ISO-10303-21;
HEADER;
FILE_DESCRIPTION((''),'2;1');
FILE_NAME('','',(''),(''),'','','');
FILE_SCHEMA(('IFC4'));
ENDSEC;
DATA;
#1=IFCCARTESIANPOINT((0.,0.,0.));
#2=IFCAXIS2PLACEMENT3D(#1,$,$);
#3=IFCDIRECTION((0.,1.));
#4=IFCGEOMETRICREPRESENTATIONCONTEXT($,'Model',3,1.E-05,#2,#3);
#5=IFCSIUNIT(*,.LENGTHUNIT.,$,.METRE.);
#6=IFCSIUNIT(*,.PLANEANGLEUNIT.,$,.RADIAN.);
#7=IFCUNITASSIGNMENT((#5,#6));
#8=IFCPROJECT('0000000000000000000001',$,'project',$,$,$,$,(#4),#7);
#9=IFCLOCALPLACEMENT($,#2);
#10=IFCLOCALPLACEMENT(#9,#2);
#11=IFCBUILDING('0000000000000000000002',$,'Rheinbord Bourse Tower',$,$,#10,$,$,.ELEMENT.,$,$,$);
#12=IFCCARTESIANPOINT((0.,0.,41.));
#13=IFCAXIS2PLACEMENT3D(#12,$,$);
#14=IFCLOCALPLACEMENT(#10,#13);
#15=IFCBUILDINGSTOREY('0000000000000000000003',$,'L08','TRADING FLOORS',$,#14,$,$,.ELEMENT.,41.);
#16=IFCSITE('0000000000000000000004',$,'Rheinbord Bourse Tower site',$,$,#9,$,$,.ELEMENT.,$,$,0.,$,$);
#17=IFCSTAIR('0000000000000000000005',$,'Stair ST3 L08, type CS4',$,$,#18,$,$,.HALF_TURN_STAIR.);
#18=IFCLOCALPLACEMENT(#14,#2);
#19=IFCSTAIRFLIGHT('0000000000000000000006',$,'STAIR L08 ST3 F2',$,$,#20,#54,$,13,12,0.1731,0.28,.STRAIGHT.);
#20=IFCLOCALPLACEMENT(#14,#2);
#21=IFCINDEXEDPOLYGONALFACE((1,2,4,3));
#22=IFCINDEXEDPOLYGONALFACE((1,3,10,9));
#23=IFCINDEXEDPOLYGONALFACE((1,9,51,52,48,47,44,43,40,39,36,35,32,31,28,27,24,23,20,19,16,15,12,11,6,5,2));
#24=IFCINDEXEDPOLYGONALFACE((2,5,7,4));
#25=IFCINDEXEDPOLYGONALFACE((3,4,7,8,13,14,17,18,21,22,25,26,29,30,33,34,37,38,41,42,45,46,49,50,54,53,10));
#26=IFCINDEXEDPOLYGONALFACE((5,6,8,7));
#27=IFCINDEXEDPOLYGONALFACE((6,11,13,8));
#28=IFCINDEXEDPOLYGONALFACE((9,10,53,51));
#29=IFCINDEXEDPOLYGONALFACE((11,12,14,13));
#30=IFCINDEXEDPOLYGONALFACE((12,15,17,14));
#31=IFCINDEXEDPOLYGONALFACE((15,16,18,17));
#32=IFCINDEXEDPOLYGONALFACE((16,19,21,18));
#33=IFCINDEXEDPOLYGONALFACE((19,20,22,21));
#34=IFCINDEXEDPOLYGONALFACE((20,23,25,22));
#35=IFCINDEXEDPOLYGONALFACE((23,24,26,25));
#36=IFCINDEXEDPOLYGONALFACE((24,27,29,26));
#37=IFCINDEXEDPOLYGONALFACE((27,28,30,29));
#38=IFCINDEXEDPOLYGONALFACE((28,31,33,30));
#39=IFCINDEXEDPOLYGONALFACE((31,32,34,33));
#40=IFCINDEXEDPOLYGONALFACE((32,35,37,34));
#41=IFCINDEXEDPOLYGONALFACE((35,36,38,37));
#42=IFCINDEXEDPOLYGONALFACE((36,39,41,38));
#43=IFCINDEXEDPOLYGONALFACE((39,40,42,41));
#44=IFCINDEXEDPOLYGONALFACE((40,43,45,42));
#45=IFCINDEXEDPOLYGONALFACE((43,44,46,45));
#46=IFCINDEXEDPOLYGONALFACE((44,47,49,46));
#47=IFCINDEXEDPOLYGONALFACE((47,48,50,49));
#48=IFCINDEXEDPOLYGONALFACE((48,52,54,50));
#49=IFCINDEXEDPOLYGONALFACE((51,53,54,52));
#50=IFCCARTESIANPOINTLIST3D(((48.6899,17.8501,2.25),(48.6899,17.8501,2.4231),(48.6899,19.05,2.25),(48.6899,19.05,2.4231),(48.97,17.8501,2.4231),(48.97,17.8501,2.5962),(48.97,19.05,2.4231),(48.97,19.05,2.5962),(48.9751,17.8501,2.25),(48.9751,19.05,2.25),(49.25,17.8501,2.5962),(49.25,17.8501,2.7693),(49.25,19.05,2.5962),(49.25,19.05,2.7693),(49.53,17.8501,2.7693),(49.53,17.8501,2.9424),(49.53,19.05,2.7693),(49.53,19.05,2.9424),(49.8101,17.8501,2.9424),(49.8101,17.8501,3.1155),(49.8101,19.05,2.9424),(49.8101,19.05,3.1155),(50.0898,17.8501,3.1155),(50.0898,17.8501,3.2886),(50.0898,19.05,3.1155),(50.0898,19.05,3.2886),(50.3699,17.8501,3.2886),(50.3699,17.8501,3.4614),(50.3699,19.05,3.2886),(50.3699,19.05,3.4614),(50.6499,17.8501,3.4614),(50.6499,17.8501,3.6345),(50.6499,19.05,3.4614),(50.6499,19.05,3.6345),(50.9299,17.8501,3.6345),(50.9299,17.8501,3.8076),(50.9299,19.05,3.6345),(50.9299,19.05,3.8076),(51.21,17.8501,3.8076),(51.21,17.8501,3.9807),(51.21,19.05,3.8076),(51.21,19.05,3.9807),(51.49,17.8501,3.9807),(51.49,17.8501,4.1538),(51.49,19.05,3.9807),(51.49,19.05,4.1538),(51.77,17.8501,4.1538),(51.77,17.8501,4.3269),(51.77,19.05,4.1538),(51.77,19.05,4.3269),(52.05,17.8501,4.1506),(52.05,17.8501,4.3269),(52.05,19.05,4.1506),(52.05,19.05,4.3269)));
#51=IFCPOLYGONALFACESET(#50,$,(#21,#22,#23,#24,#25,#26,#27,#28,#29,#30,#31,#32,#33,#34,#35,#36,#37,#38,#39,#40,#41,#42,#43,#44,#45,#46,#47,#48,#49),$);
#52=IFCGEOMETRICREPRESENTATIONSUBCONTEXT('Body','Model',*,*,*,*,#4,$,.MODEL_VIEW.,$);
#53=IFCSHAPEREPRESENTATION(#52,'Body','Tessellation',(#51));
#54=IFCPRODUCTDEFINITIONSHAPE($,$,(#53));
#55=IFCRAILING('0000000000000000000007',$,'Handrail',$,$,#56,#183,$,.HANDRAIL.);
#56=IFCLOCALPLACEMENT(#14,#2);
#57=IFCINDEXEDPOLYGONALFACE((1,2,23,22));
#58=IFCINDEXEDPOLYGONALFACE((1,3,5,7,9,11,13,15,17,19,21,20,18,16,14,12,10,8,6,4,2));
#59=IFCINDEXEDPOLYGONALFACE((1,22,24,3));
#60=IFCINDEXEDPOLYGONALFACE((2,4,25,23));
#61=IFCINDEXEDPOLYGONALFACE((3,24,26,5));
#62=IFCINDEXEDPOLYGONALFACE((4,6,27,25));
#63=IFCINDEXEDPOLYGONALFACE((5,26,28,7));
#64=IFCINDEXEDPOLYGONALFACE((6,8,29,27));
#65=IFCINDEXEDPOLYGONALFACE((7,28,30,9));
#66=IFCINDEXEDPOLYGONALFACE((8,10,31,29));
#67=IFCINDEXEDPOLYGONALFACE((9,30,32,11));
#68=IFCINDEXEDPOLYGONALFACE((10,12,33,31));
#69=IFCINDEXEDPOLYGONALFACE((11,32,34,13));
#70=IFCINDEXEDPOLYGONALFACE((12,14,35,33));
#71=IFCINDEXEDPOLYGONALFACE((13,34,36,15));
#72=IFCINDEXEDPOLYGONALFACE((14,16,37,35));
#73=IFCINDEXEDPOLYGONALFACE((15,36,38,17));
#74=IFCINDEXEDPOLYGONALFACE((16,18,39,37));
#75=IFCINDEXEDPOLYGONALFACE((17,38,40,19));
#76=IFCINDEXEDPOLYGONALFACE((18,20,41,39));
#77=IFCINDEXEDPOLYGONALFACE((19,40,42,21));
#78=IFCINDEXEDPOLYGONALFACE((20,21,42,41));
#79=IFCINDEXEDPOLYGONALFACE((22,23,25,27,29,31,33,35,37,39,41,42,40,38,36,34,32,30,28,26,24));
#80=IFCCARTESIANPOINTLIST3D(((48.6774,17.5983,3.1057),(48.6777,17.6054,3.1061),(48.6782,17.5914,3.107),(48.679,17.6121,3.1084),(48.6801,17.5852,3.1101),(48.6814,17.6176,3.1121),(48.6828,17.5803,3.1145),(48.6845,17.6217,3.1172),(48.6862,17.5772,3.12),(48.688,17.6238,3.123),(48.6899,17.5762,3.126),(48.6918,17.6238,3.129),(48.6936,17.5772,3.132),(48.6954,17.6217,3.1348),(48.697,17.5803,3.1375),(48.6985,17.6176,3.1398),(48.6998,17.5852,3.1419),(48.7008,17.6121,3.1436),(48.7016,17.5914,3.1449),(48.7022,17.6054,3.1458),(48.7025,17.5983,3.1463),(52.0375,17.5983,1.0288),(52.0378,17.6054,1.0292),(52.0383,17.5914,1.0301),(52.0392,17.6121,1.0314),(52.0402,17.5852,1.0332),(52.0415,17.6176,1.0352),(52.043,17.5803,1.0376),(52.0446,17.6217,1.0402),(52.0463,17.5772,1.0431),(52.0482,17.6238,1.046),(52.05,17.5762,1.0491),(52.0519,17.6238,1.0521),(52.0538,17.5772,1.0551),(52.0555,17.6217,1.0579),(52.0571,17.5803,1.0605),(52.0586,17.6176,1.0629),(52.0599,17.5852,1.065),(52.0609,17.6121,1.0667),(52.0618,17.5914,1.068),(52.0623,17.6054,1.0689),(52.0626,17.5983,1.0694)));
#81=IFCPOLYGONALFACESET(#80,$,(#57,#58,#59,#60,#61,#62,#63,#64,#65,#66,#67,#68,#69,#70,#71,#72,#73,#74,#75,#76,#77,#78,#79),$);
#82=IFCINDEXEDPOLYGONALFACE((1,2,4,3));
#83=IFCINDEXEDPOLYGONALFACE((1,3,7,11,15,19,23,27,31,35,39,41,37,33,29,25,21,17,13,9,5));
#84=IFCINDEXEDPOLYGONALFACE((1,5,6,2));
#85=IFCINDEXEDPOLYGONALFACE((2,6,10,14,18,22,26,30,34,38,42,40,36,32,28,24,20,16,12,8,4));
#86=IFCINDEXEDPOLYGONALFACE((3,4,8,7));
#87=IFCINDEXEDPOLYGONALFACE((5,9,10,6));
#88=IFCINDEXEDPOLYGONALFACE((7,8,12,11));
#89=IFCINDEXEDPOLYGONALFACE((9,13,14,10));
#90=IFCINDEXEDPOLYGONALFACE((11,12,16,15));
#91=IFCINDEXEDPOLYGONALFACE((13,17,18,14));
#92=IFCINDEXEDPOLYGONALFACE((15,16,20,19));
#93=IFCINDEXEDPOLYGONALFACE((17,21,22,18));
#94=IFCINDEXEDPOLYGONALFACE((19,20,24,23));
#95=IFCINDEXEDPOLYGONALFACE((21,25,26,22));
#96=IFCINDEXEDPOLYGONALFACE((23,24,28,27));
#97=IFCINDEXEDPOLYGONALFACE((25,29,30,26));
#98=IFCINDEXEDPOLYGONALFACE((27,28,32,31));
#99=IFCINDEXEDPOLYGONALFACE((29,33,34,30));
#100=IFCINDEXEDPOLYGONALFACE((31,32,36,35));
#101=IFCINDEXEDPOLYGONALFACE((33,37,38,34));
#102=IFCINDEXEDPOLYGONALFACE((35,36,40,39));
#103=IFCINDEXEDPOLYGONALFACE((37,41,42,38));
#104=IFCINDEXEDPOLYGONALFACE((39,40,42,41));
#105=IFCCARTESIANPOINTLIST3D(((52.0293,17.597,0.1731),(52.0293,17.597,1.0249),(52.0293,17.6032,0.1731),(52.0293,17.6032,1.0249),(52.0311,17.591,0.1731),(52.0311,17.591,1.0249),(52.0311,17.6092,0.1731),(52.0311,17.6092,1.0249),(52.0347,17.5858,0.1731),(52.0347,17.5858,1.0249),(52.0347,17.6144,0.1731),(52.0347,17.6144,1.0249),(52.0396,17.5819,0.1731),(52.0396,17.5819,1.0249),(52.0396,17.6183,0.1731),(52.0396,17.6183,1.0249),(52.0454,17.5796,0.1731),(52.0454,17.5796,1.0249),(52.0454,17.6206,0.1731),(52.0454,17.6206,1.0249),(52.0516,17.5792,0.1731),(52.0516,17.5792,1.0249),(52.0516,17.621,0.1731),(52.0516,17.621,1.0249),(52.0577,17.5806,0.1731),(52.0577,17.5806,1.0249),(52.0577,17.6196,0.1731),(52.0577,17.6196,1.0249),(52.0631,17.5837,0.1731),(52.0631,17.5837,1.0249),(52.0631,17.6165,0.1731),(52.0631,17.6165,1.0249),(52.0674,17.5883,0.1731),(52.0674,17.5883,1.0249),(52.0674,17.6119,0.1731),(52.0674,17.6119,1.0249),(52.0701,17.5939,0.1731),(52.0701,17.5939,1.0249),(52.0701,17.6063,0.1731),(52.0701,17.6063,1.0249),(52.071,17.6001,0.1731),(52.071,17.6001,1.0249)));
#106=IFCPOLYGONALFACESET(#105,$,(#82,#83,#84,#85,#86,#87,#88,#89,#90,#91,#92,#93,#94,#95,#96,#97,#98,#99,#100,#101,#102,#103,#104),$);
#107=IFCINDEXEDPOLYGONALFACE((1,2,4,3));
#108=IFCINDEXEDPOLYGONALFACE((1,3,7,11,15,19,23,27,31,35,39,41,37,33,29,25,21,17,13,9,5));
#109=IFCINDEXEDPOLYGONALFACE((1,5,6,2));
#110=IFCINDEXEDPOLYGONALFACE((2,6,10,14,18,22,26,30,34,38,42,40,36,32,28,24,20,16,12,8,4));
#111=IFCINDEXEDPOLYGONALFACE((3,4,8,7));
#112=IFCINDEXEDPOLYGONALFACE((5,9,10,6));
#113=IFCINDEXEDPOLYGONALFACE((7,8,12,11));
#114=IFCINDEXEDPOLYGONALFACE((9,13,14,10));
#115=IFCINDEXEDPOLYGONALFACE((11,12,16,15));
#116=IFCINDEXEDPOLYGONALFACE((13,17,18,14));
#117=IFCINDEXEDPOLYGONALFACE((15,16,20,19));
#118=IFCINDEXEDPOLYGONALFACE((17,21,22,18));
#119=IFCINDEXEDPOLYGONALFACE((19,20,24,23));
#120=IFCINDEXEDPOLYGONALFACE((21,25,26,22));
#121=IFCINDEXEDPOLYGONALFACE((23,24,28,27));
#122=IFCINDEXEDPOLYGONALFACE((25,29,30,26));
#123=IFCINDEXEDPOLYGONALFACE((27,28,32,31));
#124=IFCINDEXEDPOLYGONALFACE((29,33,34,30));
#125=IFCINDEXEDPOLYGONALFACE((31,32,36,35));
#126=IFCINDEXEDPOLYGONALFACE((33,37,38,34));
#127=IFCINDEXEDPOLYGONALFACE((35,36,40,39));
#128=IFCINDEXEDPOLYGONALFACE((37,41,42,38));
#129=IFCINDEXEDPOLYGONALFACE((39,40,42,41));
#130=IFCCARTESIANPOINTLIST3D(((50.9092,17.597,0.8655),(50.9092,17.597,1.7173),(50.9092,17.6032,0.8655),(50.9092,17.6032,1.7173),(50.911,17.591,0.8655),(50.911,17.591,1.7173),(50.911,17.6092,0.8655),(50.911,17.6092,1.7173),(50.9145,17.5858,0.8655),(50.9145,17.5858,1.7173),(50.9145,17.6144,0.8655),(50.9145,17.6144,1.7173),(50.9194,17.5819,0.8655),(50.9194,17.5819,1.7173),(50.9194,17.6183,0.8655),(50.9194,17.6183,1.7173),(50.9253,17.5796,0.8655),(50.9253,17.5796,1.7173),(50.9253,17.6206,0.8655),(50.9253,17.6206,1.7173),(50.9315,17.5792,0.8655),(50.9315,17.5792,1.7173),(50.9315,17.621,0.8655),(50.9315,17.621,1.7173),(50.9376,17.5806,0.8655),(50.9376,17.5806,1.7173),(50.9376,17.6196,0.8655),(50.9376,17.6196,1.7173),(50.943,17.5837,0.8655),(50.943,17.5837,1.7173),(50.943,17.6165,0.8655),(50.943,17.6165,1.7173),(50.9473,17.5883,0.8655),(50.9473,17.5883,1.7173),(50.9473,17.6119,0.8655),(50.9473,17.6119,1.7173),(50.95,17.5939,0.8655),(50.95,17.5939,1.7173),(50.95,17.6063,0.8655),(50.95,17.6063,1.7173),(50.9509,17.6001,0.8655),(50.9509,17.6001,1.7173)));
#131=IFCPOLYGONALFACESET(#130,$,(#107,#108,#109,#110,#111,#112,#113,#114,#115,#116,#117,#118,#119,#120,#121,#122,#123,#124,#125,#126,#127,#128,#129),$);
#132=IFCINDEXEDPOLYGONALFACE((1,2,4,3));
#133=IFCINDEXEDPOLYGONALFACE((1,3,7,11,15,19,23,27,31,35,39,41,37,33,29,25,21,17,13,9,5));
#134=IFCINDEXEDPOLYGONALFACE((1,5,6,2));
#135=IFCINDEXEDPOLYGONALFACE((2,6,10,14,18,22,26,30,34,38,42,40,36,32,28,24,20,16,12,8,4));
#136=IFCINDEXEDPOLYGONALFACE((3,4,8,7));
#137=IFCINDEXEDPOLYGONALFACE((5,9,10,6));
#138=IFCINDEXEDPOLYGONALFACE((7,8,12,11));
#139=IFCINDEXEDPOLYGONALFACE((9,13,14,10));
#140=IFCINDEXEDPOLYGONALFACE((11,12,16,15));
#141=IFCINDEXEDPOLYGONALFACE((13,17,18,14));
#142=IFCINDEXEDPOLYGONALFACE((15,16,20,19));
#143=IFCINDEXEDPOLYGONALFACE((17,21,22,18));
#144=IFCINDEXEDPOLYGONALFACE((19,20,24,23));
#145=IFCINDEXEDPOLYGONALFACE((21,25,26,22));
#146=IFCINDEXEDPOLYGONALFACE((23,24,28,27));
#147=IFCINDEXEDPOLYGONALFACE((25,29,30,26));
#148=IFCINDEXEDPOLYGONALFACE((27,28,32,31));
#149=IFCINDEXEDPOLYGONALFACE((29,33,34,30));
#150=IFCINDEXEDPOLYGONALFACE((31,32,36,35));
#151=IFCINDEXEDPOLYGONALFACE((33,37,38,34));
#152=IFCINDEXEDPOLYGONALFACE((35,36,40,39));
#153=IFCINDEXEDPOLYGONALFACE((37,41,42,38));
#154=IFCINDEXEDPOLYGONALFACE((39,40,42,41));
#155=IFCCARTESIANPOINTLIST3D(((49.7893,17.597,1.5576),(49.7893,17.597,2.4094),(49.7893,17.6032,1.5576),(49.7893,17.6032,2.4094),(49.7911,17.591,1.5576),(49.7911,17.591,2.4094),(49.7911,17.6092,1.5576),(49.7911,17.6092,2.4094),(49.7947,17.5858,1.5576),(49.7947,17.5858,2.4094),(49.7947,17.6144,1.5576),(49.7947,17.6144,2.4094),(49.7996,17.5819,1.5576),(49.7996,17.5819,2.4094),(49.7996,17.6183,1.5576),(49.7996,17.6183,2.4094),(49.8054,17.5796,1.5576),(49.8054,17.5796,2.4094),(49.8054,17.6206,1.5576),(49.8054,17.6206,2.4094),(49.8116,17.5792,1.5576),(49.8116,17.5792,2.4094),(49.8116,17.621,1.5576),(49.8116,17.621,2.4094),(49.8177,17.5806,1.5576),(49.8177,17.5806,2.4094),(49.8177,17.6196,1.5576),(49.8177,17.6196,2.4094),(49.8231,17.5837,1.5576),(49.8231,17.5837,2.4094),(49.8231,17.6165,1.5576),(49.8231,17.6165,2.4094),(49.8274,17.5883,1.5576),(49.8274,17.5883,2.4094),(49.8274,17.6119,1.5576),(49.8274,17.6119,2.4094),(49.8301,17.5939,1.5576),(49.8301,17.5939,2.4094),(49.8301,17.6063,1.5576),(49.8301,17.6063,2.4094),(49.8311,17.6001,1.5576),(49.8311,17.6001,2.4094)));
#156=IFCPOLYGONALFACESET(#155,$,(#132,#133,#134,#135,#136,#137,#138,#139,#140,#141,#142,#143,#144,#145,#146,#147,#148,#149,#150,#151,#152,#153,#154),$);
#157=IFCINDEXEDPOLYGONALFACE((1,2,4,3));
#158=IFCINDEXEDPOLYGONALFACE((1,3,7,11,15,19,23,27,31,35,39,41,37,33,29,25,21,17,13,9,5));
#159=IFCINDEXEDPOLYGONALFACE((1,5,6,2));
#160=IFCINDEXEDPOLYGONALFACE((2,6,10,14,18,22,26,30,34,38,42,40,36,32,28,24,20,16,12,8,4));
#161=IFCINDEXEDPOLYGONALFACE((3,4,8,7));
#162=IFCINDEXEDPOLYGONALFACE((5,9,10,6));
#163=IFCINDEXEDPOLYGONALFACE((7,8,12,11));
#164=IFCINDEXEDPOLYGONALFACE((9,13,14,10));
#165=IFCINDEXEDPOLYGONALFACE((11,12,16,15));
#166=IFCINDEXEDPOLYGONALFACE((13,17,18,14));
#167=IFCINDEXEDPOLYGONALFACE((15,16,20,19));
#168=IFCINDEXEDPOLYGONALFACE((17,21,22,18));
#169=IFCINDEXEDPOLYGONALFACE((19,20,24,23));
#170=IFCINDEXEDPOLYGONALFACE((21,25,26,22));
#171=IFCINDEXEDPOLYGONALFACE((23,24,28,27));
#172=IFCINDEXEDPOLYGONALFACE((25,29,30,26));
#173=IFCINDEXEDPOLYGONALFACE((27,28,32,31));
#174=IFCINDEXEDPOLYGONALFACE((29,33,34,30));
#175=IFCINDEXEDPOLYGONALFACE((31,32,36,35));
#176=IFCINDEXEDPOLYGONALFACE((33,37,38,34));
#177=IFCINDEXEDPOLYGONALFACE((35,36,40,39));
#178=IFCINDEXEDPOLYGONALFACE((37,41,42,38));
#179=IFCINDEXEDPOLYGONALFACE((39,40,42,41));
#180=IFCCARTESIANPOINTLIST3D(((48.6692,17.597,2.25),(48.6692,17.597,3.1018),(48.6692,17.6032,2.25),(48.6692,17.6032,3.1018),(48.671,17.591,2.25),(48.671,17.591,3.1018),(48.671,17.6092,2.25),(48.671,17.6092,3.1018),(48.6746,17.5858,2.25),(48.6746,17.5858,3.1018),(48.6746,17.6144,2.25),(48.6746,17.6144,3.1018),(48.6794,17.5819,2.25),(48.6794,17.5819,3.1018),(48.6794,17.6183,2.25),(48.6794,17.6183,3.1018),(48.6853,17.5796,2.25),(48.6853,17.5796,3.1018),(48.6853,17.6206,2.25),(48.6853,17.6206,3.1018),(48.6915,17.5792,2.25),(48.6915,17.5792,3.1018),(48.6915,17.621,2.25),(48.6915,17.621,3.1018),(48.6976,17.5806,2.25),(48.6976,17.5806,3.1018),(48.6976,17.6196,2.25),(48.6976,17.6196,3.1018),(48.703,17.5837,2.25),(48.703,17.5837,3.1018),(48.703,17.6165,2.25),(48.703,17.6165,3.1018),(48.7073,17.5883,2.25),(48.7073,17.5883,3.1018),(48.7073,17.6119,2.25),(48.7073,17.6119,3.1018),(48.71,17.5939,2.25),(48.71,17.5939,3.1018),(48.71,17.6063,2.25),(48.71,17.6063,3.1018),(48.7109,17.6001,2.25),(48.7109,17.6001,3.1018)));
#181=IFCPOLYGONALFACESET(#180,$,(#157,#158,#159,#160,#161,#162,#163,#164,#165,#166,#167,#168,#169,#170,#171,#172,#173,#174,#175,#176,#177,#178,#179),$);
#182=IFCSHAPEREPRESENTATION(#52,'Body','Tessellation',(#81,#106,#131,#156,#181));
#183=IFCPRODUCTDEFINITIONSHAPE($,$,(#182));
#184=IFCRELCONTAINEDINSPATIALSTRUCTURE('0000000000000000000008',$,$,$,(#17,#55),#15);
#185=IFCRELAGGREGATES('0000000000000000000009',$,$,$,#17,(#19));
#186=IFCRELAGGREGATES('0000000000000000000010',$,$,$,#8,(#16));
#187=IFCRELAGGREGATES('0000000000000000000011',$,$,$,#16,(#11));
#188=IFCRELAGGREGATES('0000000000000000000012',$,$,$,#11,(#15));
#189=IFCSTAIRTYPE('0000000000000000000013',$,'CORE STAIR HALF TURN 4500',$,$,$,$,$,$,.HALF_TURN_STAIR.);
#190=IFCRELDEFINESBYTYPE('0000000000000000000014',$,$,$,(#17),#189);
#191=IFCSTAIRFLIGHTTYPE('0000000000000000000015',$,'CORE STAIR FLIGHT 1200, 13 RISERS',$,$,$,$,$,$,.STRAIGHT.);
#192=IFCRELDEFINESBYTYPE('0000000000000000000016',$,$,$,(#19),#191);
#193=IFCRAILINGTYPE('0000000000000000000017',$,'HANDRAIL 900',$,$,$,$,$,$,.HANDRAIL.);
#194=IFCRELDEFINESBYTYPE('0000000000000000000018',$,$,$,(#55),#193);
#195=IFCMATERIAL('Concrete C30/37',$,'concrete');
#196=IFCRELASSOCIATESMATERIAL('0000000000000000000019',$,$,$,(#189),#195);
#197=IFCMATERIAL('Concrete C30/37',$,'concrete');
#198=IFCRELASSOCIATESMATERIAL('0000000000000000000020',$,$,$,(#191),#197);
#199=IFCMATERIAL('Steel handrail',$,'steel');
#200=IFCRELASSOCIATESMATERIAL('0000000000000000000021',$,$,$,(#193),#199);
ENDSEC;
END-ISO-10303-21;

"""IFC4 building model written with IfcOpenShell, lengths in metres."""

from ifc_helpers import new_model, si_unit, direction, frame, origin, origin_2d, place, context, subcontext, project, spatial, polyline, circle, outline, extrude, material, type_object, element, aggregate, save


model = new_model("IFC4")

# Units and contexts
model_context = context("Model", 3, precision=1e-05, world=origin(), true_north=direction((0.0, 1.0)))
body_context = subcontext(model_context, "Body", "Model", "MODEL_VIEW")
ifc_project = project(units=[si_unit("LENGTHUNIT", "METRE"), si_unit("PLANEANGLEUNIT", "RADIAN")], contexts=[model_context])

# Site, building, storey
site_placement = place(None, origin())
site = spatial("IfcSite", under=ifc_project, at=site_placement, Name="Rheinbord Bourse Tower site", CompositionType="ELEMENT", RefElevation=0.0)
building_placement = place(site_placement, origin())
building = spatial("IfcBuilding", under=site, at=building_placement, Name="Rheinbord Bourse Tower", CompositionType="ELEMENT")
storey_placement = place(building_placement, frame((0.0, 0.0, 41.0)))
storey = spatial("IfcBuildingStorey", under=building, at=storey_placement, Name="L08", Description="TRADING FLOORS", CompositionType="ELEMENT", Elevation=41.0)

# Stair, stair flight
ifc_material_1 = material(Name="Concrete C30/37", Category="concrete")
stair_type = type_object("IfcStairType", Name="CORE STAIR HALF TURN 4500", PredefinedType="HALF_TURN_STAIR", material=ifc_material_1)
stair_placement = place(storey_placement, origin())
stair = element("IfcStair", 1, at=stair_placement, inside=storey, type_object=stair_type, Name="Stair ST3 L08, type CS4", PredefinedType="HALF_TURN_STAIR")
ifc_material_2 = material(Name="Concrete C30/37", Category="concrete")
stair_flight_type = type_object("IfcStairFlightType", Name="CORE STAIR FLIGHT 1200, 13 RISERS", PredefinedType="STRAIGHT", material=ifc_material_2)
stair_flight_1_placement = place(storey_placement, frame((48.6899, 18.45, 2.25), z_axis=(0.0, 0.0, 1.0), x_axis=(1.0, 0.0, 0.0)))
stair_flight_1 = element("IfcStairFlight", 2, at=stair_flight_1_placement, type_object=stair_flight_type, Name="STAIR L08 ST3 F2", NumberOfRisers=13, NumberOfTreads=12, PredefinedType="STRAIGHT", RiserHeight=0.1731, TreadLength=0.28, context=body_context, shape_type="SweptSolid", body=[
    extrude(outline(polyline([(0.0, 0.0), (0.0, 0.1731), (0.28, 0.1731), (0.28, 0.3462), (0.5601, 0.3462), (0.5601, 0.5193), (0.8401, 0.5193), (0.8401, 0.6924), (1.1201, 0.6924), (1.1201, 0.8655), (1.3999, 0.8655), (1.3999, 1.0386), (1.6799, 1.0386), (1.6799, 1.2114), (1.96, 1.2114), (1.96, 1.3845), (2.24, 1.3845), (2.24, 1.5576), (2.52, 1.5576), (2.52, 1.7307), (2.8, 1.7307), (2.8, 1.9038), (3.0801, 1.9038), (3.0801, 2.0769), (3.3601, 2.0769), (3.3601, 2.25), (3.3601, 1.9006), (0.2852, 0.0), (0.0, 0.0)])), frame((0.0, 0.6001, 0.0), z_axis=(0.0, -1.0, 0.0), x_axis=(1.0, 0.0, 0.0)), (0.0, 0.0, 1.0), 1.2),
])
aggregate(stair, [stair_flight_1])

# Railing
ifc_material_3 = material(Name="Steel handrail", Category="steel")
railing_type = type_object("IfcRailingType", Name="HANDRAIL 900", PredefinedType="HANDRAIL", material=ifc_material_3)
railing_1_placement = place(storey_placement, frame((52.05, 17.6001, 0.1731)))
element("IfcRailing", 3, at=railing_1_placement, inside=storey, type_object=railing_type, Name="Handrail", PredefinedType="HANDRAIL", context=body_context, shape_type="SweptSolid", body=[
    extrude(circle(Radius=0.0239, at=origin_2d()), frame((0.0, 0.0, 0.876), z_axis=(-0.850623, 0.0, 0.525776), x_axis=(0.0, -1.0, 0.0)), (0.0, 0.0, 1.0), 3.9502),
    extrude(circle(Radius=0.021, at=origin_2d()), origin(), (0.0, 0.0, 1.0), 0.8518),
    extrude(circle(Radius=0.021, at=origin_2d()), frame((-1.1201, 0.0, 0.6924)), (0.0, 0.0, 1.0), 0.8518),
    extrude(circle(Radius=0.021, at=origin_2d()), frame((-2.24, 0.0, 1.3845)), (0.0, 0.0, 1.0), 0.8518),
    extrude(circle(Radius=0.021, at=origin_2d()), frame((-3.3601, 0.0, 2.0769)), (0.0, 0.0, 1.0), 0.8518),
])

save(model, "model.ifc")
